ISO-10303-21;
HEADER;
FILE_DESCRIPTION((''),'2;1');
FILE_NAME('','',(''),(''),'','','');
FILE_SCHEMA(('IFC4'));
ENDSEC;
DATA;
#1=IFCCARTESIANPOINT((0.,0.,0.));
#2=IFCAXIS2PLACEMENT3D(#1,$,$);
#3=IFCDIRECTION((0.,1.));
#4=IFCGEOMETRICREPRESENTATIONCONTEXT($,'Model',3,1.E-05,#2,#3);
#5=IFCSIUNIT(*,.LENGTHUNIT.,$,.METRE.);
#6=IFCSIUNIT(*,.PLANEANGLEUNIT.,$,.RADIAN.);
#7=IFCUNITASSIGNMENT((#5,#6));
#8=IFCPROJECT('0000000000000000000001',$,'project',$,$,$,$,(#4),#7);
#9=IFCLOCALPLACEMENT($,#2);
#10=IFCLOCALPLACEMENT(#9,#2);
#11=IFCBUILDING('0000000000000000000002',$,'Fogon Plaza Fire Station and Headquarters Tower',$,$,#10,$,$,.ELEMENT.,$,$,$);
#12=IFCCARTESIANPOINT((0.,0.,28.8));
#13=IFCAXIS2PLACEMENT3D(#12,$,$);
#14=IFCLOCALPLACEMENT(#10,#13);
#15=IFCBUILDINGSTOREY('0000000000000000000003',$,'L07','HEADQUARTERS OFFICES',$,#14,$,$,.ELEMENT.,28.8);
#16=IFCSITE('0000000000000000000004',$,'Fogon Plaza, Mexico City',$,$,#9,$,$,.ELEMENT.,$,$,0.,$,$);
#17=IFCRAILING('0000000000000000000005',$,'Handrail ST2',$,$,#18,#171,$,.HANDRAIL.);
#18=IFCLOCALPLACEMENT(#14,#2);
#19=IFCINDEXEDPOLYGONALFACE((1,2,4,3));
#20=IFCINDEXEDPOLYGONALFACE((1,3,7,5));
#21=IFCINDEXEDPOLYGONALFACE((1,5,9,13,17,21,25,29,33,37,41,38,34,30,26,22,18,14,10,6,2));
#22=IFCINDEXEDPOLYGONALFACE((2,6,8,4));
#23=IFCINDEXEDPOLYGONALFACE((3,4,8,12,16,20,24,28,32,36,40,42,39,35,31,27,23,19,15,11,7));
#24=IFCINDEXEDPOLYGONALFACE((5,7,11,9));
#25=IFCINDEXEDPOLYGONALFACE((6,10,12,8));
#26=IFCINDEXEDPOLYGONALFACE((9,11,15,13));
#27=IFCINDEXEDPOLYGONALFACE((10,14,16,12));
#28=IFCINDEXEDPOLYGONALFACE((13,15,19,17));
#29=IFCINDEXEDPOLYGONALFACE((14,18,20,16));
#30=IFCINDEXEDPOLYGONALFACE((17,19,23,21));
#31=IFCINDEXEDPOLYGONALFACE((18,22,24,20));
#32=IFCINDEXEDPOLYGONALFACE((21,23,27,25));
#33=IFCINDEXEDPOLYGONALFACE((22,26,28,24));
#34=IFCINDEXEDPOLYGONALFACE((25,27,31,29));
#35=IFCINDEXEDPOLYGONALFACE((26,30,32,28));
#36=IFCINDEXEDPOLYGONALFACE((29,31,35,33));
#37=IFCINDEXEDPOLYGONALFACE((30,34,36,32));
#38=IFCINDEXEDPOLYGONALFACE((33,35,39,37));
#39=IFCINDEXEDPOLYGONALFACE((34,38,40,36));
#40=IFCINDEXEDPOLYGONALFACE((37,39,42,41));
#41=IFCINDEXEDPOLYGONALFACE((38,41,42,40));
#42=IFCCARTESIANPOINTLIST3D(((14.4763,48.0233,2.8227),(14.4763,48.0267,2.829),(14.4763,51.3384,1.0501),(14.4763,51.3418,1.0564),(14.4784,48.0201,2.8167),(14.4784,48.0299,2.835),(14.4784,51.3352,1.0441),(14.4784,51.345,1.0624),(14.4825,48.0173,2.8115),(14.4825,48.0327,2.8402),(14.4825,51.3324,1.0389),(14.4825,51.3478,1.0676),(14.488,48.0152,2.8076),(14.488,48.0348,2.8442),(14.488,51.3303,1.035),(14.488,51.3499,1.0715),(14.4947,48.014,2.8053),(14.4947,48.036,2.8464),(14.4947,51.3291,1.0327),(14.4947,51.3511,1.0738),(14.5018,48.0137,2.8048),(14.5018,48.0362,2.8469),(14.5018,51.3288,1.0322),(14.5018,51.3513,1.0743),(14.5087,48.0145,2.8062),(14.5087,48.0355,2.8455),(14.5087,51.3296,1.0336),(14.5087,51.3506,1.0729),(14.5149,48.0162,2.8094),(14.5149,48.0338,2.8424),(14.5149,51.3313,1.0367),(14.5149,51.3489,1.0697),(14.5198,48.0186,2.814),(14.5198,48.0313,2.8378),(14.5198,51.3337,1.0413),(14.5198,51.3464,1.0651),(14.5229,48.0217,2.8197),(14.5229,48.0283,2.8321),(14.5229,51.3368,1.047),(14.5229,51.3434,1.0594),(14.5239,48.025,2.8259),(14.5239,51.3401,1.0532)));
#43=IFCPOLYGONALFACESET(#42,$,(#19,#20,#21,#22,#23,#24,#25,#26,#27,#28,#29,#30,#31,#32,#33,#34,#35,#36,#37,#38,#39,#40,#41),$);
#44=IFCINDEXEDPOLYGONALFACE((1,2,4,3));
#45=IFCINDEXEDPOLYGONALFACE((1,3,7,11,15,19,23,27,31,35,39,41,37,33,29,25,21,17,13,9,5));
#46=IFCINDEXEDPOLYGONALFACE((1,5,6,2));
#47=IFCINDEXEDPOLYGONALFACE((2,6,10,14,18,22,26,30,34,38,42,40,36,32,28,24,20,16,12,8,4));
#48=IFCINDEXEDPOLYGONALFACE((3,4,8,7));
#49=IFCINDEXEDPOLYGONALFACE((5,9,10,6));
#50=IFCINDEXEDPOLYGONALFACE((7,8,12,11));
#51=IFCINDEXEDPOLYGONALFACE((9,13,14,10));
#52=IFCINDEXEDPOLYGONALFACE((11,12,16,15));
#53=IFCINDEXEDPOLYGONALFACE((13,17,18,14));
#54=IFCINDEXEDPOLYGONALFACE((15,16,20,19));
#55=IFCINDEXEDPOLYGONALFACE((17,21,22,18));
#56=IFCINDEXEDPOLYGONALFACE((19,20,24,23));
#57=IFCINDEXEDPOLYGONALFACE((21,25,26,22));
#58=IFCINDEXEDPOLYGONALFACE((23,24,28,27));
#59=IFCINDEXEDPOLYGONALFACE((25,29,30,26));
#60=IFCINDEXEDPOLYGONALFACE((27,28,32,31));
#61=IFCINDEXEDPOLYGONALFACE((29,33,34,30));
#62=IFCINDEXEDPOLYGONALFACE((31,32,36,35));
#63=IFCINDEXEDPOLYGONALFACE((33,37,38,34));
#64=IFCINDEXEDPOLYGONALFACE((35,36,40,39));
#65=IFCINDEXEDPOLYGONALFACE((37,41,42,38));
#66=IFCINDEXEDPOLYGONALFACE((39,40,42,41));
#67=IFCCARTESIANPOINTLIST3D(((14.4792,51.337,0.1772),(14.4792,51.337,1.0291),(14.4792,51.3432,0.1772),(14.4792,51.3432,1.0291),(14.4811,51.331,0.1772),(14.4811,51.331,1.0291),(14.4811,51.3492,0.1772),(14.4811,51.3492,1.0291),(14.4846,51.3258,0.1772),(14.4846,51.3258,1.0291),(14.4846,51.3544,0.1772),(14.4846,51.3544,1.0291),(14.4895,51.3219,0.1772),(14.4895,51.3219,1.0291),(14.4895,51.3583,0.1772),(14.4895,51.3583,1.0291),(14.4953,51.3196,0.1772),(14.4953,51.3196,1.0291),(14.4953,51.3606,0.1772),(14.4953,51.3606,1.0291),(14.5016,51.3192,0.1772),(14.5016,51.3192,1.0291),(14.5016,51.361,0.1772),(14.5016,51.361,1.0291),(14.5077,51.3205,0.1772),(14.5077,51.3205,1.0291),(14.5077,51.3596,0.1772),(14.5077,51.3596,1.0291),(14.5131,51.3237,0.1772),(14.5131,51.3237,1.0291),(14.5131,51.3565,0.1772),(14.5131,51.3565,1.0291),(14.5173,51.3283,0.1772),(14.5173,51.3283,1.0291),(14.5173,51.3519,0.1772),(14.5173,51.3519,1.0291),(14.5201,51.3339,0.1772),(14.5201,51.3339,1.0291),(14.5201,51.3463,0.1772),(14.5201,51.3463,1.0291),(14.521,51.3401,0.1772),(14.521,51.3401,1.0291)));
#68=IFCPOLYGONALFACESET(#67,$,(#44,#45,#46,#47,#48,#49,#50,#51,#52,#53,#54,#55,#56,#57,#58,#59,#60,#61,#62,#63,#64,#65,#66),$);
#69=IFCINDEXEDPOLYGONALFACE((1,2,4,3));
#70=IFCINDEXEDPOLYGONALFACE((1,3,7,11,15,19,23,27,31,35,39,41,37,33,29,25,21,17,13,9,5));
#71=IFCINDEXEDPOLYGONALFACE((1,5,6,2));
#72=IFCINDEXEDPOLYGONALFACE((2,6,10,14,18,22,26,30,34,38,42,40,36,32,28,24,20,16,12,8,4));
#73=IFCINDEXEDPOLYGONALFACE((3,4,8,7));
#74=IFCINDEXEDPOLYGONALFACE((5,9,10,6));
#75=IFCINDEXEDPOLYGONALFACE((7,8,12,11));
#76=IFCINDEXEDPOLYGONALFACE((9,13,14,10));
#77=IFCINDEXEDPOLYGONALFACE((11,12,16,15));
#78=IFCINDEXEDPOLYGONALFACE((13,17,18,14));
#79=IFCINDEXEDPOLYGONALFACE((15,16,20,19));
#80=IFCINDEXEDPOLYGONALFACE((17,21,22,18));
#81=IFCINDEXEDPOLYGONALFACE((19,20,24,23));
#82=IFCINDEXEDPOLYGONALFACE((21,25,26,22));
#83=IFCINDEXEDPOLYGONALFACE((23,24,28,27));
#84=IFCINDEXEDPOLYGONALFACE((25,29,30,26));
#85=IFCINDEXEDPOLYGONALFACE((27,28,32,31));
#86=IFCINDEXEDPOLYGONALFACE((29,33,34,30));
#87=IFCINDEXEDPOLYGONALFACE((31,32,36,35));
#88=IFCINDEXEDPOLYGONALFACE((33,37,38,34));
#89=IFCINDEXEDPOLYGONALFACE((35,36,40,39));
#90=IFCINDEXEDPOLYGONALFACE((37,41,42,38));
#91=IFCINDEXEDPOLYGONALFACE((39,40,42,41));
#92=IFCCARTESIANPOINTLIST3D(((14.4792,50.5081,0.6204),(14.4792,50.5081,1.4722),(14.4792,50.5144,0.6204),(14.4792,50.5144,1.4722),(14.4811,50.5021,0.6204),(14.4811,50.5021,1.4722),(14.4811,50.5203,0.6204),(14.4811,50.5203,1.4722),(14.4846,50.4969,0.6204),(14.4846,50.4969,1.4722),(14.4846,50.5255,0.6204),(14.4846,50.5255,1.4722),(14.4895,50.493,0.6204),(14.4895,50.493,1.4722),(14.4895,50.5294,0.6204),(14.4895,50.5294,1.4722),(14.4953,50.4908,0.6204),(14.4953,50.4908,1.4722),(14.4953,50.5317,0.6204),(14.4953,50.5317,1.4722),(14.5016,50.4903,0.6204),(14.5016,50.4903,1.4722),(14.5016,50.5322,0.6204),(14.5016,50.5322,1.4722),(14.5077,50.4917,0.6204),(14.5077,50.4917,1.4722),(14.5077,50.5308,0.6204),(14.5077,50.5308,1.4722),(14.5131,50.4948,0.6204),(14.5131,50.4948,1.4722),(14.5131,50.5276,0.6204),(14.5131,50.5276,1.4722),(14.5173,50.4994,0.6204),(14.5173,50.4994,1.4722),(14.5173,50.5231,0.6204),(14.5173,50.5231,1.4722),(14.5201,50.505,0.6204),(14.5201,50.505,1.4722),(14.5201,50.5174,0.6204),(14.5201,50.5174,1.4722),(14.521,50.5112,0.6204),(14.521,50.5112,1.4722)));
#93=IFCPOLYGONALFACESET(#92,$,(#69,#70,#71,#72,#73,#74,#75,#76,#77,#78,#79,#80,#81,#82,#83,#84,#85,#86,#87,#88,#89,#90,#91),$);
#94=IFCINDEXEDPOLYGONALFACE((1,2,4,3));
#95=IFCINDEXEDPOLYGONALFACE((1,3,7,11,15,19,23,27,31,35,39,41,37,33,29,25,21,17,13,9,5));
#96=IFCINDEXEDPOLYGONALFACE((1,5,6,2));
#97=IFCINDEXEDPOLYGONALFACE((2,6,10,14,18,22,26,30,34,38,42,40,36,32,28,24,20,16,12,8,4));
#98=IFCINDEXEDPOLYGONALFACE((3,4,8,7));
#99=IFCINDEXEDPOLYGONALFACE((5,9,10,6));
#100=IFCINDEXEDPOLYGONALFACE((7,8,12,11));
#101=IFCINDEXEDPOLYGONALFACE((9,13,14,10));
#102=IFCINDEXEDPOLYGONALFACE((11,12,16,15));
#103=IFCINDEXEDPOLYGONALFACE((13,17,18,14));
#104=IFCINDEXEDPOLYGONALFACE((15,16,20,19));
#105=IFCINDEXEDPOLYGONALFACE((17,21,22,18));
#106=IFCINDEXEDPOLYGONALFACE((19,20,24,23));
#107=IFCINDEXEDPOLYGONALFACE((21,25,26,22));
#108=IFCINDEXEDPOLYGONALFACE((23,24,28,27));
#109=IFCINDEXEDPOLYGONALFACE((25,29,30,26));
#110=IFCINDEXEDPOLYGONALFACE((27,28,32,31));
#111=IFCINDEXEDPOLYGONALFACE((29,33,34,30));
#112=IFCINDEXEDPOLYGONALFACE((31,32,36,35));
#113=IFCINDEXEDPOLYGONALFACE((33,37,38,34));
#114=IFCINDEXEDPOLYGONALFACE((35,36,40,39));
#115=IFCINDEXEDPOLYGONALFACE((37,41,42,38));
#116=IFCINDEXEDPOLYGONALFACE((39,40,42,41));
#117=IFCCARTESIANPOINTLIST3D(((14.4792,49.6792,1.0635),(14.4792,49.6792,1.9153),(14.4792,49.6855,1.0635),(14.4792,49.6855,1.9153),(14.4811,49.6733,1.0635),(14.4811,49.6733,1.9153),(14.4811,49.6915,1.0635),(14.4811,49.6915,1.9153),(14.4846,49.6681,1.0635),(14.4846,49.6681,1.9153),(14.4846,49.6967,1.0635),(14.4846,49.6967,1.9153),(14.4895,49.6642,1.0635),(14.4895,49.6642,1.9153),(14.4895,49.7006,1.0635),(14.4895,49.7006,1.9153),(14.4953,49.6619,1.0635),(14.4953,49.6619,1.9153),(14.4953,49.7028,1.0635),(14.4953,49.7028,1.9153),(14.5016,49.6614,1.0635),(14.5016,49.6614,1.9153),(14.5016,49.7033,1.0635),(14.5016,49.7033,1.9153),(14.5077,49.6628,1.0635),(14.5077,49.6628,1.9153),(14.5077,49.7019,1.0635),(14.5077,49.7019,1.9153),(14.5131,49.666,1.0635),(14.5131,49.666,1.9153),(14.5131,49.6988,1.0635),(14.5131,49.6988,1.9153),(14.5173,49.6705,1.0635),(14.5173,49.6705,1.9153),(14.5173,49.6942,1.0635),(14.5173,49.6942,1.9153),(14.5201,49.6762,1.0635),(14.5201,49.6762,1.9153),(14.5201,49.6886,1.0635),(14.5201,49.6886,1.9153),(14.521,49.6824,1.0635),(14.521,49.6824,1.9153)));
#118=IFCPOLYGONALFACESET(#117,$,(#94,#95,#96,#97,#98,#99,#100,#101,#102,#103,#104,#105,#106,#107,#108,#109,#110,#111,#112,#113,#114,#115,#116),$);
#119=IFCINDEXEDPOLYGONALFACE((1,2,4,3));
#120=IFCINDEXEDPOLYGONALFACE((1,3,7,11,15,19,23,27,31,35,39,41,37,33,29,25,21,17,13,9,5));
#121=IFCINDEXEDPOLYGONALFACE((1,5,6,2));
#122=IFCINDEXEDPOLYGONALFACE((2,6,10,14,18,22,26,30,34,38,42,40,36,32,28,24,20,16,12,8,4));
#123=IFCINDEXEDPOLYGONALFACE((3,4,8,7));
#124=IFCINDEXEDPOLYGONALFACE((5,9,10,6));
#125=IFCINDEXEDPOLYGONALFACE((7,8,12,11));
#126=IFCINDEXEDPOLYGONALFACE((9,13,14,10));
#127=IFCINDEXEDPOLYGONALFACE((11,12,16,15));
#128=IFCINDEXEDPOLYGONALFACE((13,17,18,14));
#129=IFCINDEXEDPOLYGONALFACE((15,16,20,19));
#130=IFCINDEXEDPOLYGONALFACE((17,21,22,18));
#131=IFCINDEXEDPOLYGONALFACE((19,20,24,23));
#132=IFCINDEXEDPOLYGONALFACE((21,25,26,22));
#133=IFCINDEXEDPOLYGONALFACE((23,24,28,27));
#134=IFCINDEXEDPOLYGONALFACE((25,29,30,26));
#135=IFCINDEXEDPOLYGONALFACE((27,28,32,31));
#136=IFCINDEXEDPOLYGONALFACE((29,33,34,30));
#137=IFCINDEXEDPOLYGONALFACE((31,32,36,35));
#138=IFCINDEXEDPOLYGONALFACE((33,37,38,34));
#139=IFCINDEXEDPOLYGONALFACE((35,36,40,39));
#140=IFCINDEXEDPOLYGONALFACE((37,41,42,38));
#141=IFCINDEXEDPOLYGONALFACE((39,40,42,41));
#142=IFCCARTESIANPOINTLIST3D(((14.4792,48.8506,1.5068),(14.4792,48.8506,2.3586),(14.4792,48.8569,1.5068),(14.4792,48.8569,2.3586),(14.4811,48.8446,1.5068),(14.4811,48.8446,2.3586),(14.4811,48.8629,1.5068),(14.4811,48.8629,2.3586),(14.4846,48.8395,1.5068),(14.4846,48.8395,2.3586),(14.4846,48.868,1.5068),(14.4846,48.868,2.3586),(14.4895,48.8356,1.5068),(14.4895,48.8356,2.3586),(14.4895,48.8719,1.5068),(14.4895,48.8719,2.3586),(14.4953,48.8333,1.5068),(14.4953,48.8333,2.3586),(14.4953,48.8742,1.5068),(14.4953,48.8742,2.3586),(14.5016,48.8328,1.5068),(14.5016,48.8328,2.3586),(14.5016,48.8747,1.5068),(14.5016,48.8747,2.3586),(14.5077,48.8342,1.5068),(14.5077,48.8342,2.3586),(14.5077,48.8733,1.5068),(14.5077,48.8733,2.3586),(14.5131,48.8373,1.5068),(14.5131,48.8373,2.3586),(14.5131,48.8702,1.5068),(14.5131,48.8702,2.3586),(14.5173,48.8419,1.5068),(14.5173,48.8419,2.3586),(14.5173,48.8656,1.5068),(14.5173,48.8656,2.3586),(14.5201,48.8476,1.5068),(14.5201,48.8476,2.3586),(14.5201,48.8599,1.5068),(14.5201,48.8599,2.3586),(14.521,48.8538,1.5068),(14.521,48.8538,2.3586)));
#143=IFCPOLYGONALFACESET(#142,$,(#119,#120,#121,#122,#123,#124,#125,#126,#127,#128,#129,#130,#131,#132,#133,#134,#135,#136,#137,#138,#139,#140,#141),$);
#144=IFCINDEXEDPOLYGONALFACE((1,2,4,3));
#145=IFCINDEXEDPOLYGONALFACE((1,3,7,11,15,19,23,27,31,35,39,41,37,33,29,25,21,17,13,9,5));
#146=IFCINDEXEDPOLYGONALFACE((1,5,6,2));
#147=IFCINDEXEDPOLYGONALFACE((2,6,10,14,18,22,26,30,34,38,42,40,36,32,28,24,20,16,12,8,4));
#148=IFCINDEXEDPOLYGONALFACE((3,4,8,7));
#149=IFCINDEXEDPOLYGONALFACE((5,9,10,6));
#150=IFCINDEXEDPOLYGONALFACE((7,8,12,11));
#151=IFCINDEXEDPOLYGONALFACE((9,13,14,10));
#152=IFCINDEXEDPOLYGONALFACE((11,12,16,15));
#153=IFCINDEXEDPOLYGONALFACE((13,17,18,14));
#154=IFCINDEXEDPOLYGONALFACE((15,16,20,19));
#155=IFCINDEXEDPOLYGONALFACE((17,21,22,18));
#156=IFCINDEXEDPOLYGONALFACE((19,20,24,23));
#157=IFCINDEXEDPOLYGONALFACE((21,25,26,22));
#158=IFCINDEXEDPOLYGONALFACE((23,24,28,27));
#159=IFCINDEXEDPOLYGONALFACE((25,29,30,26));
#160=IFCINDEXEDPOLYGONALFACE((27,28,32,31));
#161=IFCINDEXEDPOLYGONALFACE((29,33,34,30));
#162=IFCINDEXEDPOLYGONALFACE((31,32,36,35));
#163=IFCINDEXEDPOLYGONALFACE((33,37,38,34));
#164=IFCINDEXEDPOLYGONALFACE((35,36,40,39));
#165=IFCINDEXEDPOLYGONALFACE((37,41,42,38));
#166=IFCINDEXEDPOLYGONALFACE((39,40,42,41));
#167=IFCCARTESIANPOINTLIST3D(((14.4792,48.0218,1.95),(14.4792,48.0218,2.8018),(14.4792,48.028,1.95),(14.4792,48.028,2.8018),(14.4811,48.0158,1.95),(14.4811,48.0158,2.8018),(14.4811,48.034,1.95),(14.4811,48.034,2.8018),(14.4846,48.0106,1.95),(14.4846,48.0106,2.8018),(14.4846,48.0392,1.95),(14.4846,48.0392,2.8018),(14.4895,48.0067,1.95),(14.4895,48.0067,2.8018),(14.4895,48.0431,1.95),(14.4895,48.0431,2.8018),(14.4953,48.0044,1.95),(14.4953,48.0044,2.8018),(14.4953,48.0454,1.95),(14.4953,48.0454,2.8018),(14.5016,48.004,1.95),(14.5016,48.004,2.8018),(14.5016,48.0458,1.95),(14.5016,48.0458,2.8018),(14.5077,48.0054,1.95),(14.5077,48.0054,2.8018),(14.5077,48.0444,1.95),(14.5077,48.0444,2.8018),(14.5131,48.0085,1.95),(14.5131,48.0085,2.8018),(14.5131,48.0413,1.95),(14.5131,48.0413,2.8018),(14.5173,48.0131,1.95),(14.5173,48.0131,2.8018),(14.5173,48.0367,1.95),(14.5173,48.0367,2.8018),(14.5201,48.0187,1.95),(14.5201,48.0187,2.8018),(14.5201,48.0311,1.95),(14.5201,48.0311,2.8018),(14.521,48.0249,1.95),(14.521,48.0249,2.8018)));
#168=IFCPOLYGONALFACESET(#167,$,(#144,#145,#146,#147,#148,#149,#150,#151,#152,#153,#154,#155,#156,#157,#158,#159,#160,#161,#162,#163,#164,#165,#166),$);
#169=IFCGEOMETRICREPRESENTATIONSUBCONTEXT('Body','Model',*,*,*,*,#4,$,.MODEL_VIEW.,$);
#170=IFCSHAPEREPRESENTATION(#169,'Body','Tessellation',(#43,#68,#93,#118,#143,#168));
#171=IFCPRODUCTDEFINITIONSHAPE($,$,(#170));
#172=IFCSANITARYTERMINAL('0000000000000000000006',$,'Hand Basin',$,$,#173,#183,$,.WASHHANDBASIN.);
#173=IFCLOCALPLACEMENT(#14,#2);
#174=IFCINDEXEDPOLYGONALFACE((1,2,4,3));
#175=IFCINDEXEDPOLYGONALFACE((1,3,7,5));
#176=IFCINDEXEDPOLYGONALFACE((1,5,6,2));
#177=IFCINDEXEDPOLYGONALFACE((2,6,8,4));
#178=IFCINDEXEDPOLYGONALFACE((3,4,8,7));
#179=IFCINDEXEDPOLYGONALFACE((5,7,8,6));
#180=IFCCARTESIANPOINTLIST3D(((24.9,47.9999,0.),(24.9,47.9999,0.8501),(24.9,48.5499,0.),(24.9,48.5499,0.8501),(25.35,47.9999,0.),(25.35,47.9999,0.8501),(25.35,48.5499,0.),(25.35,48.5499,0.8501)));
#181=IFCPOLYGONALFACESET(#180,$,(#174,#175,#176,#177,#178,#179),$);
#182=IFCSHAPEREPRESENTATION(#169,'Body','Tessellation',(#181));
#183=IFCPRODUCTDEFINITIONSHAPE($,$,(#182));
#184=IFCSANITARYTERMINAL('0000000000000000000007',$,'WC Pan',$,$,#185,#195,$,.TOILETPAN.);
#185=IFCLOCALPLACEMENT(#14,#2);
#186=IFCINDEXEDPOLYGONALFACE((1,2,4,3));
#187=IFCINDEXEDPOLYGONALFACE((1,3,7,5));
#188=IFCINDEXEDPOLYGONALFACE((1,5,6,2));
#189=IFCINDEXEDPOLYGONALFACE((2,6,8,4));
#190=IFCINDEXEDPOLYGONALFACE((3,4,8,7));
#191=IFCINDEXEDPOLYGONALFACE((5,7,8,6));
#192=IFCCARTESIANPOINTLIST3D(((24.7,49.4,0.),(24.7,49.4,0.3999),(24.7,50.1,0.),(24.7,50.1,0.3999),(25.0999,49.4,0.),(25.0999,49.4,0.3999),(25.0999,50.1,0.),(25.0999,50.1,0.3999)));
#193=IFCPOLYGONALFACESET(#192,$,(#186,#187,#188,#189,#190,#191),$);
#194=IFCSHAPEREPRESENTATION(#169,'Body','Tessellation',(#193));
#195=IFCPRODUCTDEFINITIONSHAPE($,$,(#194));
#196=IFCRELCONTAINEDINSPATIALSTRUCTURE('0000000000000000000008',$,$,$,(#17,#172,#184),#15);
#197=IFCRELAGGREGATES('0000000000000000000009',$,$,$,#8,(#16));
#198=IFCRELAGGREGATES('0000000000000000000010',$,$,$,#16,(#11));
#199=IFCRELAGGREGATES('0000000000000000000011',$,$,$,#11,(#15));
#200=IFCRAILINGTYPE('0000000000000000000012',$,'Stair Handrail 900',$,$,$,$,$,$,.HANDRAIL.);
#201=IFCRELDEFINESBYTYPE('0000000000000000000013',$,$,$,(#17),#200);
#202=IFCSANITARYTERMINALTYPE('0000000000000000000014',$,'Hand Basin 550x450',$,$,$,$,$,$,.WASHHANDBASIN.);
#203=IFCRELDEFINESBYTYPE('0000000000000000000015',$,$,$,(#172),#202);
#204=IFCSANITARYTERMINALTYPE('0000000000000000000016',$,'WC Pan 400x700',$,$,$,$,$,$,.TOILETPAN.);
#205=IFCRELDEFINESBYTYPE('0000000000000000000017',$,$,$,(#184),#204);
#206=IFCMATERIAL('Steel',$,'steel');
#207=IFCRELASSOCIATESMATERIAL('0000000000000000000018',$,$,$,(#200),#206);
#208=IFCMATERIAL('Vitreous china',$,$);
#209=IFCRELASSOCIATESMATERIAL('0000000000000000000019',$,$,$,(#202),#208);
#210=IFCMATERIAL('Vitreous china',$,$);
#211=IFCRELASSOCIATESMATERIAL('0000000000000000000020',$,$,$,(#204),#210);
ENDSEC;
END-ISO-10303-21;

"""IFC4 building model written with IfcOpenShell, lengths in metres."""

from ifc_helpers import new_model, si_unit, direction, frame, origin, origin_2d, place, context, subcontext, project, spatial, rectangle, circle, extrude, material, type_object, element, save


model = new_model("IFC4")

# Units and contexts
model_context = context("Model", 3, precision=1e-05, world=origin(), true_north=direction((0.0, 1.0)))
body_context = subcontext(model_context, "Body", "Model", "MODEL_VIEW")
ifc_project = project(units=[si_unit("LENGTHUNIT", "METRE"), si_unit("PLANEANGLEUNIT", "RADIAN")], contexts=[model_context])

# Site, building, storey
site_placement = place(None, origin())
site = spatial("IfcSite", under=ifc_project, at=site_placement, Name="Fogon Plaza, Mexico City", CompositionType="ELEMENT", RefElevation=0.0)
building_placement = place(site_placement, origin())
building = spatial("IfcBuilding", under=site, at=building_placement, Name="Fogon Plaza Fire Station and Headquarters Tower", CompositionType="ELEMENT")
storey_placement = place(building_placement, frame((0.0, 0.0, 28.8)))
storey = spatial("IfcBuildingStorey", under=building, at=storey_placement, Name="L07", Description="HEADQUARTERS OFFICES", CompositionType="ELEMENT", Elevation=28.8)

# Railing
ifc_material_1 = material(Name="Steel", Category="steel")
railing_type = type_object("IfcRailingType", Name="Stair Handrail 900", PredefinedType="HANDRAIL", material=ifc_material_1)
for number, where, name in (
    (1, (14.5, 51.3401, 0.1772), "Handrail ST2"),
):
    element("IfcRailing", number, at=place(storey_placement, frame(where)), inside=storey, type_object=railing_type, Name=name, PredefinedType="HANDRAIL", context=body_context, shape_type="SweptSolid", body=[
        extrude(circle(Radius=0.0239, at=origin_2d()), frame((0.0, 0.0, 0.876), z_axis=(0.0, -0.881844, 0.471542), x_axis=(1.0, 0.0, 0.0)), (0.0, 0.0, 1.0), 3.7593),
        extrude(circle(Radius=0.021, at=origin_2d()), origin(), (0.0, 0.0, 1.0), 0.8518),
        extrude(circle(Radius=0.021, at=origin_2d()), frame((0.0, -0.8289, 0.4431)), (0.0, 0.0, 1.0), 0.8518),
        extrude(circle(Radius=0.021, at=origin_2d()), frame((0.0, -1.6577, 0.8862)), (0.0, 0.0, 1.0), 0.8518),
        extrude(circle(Radius=0.021, at=origin_2d()), frame((0.0, -2.4863, 1.3296)), (0.0, 0.0, 1.0), 0.8518),
        extrude(circle(Radius=0.021, at=origin_2d()), frame((0.0, -3.3152, 1.7727)), (0.0, 0.0, 1.0), 0.8518),
    ])

# Sanitary terminals
ifc_material_2 = material(Name="Vitreous china")
sanitary_terminal_type_1 = type_object("IfcSanitaryTerminalType", Name="Hand Basin 550x450", PredefinedType="WASHHANDBASIN", material=ifc_material_2)
sanitary_terminal_1_placement = place(storey_placement, frame((25.125, 48.2749, 0.0), z_axis=(0.0, 0.0, 1.0), x_axis=(1.0, 0.0, 0.0)))
element("IfcSanitaryTerminal", 2, at=sanitary_terminal_1_placement, inside=storey, type_object=sanitary_terminal_type_1, Name="Hand Basin", PredefinedType="WASHHANDBASIN", context=body_context, shape_type="SweptSolid", body=[
    extrude(rectangle(XDim=0.45, YDim=0.55, at=origin_2d()), origin(), (0.0, 0.0, 1.0), 0.8501),
])
ifc_material_3 = material(Name="Vitreous china")
sanitary_terminal_type_2 = type_object("IfcSanitaryTerminalType", Name="WC Pan 400x700", PredefinedType="TOILETPAN", material=ifc_material_3)
sanitary_terminal_2_placement = place(storey_placement, frame((24.8999, 49.75, 0.0), z_axis=(0.0, 0.0, 1.0), x_axis=(1.0, 0.0, 0.0)))
element("IfcSanitaryTerminal", 3, at=sanitary_terminal_2_placement, inside=storey, type_object=sanitary_terminal_type_2, Name="WC Pan", PredefinedType="TOILETPAN", context=body_context, shape_type="SweptSolid", body=[
    extrude(rectangle(XDim=0.3999, YDim=0.7, at=origin_2d()), origin(), (0.0, 0.0, 1.0), 0.3999),
])

save(model, "model.ifc")
